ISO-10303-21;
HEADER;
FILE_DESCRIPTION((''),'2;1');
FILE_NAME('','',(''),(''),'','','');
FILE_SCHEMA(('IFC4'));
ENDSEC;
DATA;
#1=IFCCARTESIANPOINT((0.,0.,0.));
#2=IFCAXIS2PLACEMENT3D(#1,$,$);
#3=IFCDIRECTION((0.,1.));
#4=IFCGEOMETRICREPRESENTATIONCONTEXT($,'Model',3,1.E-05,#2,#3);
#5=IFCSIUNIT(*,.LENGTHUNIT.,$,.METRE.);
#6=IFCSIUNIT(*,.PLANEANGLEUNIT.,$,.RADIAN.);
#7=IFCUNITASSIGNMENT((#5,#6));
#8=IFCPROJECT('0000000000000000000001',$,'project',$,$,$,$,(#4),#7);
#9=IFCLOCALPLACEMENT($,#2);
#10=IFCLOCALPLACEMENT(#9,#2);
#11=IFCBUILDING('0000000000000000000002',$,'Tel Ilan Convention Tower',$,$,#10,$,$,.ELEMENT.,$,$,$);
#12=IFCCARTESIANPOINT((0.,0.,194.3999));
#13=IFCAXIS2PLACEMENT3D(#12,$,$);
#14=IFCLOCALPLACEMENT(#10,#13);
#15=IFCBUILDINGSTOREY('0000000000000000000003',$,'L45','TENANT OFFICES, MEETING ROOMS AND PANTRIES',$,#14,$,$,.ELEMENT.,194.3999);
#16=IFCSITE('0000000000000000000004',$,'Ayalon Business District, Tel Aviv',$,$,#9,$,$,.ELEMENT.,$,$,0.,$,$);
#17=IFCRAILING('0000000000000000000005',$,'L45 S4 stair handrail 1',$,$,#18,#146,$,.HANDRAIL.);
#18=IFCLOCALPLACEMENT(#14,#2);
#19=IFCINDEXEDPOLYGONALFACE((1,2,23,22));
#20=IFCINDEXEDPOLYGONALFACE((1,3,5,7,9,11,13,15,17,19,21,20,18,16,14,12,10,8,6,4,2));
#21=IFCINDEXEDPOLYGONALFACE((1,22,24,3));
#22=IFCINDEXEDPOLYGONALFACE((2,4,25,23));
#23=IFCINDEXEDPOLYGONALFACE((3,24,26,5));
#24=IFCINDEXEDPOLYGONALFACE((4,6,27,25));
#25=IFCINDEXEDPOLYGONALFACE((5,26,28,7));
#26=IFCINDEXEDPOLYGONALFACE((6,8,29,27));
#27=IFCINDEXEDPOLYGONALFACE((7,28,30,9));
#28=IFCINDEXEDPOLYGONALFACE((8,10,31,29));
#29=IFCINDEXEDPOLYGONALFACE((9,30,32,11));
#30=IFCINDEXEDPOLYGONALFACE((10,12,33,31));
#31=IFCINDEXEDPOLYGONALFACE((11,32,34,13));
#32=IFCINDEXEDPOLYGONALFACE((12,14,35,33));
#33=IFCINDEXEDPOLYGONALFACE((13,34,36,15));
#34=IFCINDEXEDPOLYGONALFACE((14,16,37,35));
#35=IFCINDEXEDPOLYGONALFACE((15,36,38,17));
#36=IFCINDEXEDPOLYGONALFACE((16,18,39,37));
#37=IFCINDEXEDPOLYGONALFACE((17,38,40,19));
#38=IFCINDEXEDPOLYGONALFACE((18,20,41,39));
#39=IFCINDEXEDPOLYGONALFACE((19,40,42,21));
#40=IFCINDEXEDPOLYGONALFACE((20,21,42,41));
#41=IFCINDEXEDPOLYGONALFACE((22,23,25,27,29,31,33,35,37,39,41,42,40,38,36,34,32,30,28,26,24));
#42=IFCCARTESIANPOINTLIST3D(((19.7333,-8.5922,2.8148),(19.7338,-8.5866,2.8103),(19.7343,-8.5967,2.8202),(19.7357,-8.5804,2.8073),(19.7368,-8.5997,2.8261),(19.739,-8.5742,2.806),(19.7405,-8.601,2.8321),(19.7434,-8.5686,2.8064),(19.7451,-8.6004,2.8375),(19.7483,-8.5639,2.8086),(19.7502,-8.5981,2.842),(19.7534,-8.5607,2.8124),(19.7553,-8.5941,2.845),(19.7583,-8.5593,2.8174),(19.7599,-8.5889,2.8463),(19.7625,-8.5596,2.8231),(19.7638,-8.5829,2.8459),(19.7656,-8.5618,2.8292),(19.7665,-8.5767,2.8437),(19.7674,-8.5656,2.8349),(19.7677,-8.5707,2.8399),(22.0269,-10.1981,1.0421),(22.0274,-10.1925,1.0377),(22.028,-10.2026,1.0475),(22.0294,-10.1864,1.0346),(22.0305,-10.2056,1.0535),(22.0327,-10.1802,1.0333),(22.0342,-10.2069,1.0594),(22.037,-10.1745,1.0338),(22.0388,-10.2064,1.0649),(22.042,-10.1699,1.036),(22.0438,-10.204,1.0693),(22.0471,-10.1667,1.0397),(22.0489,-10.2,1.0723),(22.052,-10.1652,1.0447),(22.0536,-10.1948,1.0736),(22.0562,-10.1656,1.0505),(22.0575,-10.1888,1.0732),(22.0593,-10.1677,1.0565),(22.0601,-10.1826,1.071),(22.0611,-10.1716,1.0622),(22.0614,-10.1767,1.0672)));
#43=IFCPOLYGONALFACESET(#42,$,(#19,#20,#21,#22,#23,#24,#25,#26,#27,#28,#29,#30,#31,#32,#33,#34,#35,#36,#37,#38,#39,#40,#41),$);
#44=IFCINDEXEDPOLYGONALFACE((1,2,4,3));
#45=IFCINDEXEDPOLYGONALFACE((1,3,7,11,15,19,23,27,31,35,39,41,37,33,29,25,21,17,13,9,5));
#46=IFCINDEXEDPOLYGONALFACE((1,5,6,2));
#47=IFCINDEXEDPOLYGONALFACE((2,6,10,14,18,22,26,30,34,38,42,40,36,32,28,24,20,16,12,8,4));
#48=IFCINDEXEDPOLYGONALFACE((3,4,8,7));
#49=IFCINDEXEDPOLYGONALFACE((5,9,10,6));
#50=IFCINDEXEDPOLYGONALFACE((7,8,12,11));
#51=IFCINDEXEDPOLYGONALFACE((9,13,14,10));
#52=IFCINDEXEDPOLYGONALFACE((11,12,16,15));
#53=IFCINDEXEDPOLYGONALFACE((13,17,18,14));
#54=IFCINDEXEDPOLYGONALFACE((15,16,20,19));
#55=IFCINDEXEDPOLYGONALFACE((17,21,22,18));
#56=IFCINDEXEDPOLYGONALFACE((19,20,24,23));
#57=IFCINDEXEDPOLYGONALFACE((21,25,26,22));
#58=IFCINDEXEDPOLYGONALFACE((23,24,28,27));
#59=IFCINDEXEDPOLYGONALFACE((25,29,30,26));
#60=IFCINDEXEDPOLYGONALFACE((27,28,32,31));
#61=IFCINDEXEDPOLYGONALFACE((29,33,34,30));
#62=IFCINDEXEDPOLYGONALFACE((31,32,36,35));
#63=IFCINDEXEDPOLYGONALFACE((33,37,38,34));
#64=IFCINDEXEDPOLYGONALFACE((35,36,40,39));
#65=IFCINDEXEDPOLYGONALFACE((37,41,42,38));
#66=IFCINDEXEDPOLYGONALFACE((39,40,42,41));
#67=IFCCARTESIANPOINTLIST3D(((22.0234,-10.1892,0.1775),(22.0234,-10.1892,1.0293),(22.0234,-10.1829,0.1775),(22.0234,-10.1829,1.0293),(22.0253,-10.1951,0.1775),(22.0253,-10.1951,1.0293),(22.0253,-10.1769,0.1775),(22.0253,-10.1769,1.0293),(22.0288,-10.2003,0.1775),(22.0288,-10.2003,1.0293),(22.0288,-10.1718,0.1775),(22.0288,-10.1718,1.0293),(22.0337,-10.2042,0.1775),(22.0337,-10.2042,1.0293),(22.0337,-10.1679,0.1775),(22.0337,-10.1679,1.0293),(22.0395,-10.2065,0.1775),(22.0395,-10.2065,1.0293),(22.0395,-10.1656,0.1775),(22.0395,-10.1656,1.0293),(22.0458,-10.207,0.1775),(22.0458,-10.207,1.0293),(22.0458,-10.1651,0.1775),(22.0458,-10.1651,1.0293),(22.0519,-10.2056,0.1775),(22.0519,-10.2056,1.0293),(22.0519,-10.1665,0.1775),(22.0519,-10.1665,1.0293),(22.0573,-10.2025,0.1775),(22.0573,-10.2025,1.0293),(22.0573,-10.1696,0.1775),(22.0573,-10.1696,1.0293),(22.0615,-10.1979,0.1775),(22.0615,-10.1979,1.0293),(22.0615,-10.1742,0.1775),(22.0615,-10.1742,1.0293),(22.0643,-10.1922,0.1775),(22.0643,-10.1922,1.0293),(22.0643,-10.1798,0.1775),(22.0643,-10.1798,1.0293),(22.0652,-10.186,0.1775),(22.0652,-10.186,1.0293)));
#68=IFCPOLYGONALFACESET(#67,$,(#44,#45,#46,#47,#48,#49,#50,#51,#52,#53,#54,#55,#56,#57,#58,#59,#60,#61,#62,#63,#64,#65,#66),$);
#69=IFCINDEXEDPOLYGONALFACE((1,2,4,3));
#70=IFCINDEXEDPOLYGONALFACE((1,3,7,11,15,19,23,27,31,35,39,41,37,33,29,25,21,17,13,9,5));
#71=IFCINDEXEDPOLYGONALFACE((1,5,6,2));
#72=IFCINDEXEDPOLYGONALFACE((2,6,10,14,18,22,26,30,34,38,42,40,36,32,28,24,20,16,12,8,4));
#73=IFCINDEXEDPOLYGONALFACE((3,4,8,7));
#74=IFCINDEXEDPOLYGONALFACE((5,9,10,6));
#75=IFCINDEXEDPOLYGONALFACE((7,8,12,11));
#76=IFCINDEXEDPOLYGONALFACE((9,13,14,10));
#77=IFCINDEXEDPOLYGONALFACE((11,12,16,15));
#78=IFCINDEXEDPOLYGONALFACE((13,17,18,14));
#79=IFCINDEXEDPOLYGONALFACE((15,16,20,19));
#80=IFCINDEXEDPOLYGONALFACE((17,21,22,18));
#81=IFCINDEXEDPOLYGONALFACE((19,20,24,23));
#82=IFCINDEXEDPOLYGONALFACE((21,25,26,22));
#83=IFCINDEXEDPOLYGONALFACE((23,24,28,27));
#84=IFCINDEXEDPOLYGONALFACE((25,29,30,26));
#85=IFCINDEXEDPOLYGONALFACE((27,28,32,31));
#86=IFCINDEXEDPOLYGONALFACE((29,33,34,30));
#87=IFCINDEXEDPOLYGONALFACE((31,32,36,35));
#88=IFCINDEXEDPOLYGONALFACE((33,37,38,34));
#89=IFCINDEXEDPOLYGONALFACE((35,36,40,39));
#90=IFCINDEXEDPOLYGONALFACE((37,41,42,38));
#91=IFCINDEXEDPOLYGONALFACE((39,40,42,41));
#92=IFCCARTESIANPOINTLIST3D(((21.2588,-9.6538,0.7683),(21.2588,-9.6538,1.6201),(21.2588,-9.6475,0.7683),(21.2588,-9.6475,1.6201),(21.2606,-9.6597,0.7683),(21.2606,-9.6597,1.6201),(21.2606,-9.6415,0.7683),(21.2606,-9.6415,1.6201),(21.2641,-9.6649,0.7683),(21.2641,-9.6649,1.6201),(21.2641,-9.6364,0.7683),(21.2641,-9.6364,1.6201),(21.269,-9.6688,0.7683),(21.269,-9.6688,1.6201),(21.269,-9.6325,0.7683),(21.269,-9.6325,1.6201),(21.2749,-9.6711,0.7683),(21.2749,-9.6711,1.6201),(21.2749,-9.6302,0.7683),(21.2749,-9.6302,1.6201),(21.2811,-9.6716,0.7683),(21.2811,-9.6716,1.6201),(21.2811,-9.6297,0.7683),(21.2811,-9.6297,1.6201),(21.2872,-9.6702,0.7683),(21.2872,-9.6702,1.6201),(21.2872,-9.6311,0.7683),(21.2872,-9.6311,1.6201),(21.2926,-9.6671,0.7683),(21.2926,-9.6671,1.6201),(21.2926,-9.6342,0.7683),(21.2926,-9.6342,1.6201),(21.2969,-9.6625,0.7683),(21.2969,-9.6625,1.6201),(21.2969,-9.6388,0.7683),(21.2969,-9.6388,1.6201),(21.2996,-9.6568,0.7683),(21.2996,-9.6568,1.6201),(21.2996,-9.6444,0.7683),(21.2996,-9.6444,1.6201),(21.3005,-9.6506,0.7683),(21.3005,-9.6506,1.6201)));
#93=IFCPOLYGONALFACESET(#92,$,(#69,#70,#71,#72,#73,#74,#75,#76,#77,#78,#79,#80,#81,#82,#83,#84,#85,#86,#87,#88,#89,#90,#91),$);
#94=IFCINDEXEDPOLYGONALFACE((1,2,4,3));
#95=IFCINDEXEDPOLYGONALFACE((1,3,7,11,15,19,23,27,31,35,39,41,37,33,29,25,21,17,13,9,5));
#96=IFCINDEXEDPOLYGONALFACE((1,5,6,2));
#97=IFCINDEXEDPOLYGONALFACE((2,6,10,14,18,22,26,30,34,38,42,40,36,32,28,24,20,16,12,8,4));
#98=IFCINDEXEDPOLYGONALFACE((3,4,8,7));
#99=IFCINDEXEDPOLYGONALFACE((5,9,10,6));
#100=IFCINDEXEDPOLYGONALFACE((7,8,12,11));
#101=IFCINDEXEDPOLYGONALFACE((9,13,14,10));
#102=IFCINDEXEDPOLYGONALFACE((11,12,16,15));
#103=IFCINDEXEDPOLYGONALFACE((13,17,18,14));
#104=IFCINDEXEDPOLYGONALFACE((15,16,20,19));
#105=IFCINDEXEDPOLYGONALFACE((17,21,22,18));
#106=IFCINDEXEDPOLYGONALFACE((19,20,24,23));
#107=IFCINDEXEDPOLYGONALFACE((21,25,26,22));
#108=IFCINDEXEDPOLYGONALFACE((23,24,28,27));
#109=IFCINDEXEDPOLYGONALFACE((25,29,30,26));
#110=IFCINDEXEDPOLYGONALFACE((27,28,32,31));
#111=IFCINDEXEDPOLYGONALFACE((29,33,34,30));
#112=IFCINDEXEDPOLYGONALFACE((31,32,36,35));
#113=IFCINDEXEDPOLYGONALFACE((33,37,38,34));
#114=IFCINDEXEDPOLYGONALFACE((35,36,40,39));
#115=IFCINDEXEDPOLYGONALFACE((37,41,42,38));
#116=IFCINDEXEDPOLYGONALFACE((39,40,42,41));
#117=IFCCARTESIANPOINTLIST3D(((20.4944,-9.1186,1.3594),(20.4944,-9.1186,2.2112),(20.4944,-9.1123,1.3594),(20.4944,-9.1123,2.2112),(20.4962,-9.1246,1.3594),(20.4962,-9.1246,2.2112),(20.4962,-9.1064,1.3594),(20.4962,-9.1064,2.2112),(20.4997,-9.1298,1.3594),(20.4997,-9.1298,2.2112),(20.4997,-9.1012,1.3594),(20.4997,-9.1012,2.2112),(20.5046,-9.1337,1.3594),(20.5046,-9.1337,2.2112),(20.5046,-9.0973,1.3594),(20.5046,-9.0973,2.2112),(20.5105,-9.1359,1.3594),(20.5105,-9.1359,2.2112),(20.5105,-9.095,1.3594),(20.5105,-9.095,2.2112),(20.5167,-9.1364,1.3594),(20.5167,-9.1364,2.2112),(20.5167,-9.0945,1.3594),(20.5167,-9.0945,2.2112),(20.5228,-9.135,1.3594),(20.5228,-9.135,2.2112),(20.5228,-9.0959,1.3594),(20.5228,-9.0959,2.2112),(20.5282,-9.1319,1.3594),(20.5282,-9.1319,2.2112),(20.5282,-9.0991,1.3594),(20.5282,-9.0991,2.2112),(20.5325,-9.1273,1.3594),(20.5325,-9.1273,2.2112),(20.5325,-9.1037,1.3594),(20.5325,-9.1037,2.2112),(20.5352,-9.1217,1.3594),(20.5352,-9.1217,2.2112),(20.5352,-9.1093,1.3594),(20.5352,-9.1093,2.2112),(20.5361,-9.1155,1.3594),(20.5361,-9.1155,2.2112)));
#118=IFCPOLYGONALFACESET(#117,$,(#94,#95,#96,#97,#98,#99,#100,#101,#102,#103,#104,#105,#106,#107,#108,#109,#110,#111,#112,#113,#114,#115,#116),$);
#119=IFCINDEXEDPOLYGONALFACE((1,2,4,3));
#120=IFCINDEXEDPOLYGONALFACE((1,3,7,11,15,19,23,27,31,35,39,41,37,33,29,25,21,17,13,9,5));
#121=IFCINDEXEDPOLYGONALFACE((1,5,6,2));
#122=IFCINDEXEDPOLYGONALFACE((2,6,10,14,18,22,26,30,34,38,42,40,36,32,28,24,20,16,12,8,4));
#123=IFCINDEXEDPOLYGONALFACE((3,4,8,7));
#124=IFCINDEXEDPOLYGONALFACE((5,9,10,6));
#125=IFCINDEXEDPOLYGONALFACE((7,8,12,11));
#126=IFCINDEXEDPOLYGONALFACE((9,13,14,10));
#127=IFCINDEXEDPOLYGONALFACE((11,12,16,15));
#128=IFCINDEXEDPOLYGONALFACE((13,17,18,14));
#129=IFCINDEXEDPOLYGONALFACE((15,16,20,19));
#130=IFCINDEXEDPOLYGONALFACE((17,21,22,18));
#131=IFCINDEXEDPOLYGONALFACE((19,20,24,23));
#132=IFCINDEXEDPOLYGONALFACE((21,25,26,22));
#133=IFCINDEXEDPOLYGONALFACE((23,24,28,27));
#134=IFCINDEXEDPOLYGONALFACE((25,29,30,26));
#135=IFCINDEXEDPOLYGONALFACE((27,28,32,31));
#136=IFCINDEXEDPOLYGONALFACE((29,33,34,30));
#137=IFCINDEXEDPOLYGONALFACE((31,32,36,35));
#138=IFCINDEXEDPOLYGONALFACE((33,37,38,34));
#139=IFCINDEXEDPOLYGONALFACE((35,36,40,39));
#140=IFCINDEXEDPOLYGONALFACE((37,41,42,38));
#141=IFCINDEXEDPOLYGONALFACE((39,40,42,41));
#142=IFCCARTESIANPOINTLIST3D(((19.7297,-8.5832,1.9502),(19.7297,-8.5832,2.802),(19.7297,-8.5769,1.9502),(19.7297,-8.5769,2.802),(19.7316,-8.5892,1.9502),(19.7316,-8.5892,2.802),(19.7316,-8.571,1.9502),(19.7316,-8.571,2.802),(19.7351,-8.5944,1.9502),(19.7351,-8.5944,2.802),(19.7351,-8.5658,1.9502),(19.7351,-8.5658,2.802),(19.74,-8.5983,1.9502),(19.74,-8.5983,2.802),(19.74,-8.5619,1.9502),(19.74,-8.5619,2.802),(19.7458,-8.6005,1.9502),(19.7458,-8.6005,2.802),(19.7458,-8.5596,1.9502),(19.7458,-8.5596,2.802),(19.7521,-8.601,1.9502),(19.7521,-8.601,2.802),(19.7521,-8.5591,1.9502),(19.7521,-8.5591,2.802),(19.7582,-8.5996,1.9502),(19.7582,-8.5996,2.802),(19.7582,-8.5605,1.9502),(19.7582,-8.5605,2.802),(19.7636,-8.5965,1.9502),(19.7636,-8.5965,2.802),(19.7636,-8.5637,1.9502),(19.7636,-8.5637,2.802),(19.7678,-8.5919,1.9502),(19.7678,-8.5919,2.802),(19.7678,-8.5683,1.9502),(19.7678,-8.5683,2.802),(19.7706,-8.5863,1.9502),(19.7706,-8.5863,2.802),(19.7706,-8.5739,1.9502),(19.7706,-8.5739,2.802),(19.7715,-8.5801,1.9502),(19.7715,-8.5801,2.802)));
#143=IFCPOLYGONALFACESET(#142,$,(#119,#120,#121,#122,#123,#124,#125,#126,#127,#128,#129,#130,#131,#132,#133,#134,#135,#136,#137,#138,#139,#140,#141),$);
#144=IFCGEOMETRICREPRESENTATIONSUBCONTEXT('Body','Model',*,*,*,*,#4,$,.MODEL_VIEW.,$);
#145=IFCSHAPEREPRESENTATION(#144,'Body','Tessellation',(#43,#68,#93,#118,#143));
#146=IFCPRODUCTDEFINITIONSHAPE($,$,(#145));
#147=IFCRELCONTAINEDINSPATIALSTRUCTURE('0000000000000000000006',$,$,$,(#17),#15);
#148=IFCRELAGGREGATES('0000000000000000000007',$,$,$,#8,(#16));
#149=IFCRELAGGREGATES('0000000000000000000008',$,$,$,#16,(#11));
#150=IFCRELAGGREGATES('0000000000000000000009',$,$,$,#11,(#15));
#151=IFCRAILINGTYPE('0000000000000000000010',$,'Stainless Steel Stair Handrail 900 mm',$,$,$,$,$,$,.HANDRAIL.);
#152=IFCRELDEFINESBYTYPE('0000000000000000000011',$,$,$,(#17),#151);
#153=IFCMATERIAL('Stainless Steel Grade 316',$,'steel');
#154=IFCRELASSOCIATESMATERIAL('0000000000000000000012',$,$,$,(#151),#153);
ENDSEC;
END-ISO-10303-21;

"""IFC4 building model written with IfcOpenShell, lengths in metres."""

from ifc_helpers import new_model, si_unit, direction, frame, origin, origin_2d, place, context, subcontext, project, spatial, circle, extrude, material, type_object, element, save


model = new_model("IFC4")

# Units and contexts
model_context = context("Model", 3, precision=1e-05, world=origin(), true_north=direction((0.0, 1.0)))
body_context = subcontext(model_context, "Body", "Model", "MODEL_VIEW")
ifc_project = project(units=[si_unit("LENGTHUNIT", "METRE"), si_unit("PLANEANGLEUNIT", "RADIAN")], contexts=[model_context])

# Site, building, storey
site_placement = place(None, origin())
site = spatial("IfcSite", under=ifc_project, at=site_placement, Name="Ayalon Business District, Tel Aviv", CompositionType="ELEMENT", RefElevation=0.0)
building_placement = place(site_placement, origin())
building = spatial("IfcBuilding", under=site, at=building_placement, Name="Tel Ilan Convention Tower", CompositionType="ELEMENT")
storey_placement = place(building_placement, frame((0.0, 0.0, 194.3999)))
storey = spatial("IfcBuildingStorey", under=building, at=storey_placement, Name="L45", Description="TENANT OFFICES, MEETING ROOMS AND PANTRIES", CompositionType="ELEMENT", Elevation=194.3999)

# Railing
ifc_material_1 = material(Name="Stainless Steel Grade 316", Category="steel")
railing_type_1 = type_object("IfcRailingType", Name="Stainless Steel Stair Handrail 900 mm", PredefinedType="HANDRAIL", material=ifc_material_1)
for number, where, name in (
    (1, (22.0442, -10.186, 0.1775), "L45 S4 stair handrail 1"),
):
    element("IfcRailing", number, at=place(storey_placement, frame(where)), inside=storey, type_object=railing_type_1, Name=name, PredefinedType="HANDRAIL", context=body_context, shape_type="SweptSolid", body=[
        extrude(circle(Radius=0.0239, at=origin_2d()), frame((0.0, 0.0, 0.876), z_axis=(-0.692123, 0.484597, 0.534913), x_axis=(-0.57355, -0.81917, 0.0)), (0.0, 0.0, 1.0), 3.314),
        extrude(circle(Radius=0.021, at=origin_2d()), origin(), (0.0, 0.0, 1.0), 0.8518),
        extrude(circle(Radius=0.021, at=origin_2d()), frame((-0.7646, 0.5354, 0.5908)), (0.0, 0.0, 1.0), 0.8518),
        extrude(circle(Radius=0.021, at=origin_2d()), frame((-1.5291, 1.0706, 1.1819)), (0.0, 0.0, 1.0), 0.8518),
        extrude(circle(Radius=0.021, at=origin_2d()), frame((-2.2937, 1.606, 1.7727)), (0.0, 0.0, 1.0), 0.8518),
    ])

save(model, "model.ifc")
